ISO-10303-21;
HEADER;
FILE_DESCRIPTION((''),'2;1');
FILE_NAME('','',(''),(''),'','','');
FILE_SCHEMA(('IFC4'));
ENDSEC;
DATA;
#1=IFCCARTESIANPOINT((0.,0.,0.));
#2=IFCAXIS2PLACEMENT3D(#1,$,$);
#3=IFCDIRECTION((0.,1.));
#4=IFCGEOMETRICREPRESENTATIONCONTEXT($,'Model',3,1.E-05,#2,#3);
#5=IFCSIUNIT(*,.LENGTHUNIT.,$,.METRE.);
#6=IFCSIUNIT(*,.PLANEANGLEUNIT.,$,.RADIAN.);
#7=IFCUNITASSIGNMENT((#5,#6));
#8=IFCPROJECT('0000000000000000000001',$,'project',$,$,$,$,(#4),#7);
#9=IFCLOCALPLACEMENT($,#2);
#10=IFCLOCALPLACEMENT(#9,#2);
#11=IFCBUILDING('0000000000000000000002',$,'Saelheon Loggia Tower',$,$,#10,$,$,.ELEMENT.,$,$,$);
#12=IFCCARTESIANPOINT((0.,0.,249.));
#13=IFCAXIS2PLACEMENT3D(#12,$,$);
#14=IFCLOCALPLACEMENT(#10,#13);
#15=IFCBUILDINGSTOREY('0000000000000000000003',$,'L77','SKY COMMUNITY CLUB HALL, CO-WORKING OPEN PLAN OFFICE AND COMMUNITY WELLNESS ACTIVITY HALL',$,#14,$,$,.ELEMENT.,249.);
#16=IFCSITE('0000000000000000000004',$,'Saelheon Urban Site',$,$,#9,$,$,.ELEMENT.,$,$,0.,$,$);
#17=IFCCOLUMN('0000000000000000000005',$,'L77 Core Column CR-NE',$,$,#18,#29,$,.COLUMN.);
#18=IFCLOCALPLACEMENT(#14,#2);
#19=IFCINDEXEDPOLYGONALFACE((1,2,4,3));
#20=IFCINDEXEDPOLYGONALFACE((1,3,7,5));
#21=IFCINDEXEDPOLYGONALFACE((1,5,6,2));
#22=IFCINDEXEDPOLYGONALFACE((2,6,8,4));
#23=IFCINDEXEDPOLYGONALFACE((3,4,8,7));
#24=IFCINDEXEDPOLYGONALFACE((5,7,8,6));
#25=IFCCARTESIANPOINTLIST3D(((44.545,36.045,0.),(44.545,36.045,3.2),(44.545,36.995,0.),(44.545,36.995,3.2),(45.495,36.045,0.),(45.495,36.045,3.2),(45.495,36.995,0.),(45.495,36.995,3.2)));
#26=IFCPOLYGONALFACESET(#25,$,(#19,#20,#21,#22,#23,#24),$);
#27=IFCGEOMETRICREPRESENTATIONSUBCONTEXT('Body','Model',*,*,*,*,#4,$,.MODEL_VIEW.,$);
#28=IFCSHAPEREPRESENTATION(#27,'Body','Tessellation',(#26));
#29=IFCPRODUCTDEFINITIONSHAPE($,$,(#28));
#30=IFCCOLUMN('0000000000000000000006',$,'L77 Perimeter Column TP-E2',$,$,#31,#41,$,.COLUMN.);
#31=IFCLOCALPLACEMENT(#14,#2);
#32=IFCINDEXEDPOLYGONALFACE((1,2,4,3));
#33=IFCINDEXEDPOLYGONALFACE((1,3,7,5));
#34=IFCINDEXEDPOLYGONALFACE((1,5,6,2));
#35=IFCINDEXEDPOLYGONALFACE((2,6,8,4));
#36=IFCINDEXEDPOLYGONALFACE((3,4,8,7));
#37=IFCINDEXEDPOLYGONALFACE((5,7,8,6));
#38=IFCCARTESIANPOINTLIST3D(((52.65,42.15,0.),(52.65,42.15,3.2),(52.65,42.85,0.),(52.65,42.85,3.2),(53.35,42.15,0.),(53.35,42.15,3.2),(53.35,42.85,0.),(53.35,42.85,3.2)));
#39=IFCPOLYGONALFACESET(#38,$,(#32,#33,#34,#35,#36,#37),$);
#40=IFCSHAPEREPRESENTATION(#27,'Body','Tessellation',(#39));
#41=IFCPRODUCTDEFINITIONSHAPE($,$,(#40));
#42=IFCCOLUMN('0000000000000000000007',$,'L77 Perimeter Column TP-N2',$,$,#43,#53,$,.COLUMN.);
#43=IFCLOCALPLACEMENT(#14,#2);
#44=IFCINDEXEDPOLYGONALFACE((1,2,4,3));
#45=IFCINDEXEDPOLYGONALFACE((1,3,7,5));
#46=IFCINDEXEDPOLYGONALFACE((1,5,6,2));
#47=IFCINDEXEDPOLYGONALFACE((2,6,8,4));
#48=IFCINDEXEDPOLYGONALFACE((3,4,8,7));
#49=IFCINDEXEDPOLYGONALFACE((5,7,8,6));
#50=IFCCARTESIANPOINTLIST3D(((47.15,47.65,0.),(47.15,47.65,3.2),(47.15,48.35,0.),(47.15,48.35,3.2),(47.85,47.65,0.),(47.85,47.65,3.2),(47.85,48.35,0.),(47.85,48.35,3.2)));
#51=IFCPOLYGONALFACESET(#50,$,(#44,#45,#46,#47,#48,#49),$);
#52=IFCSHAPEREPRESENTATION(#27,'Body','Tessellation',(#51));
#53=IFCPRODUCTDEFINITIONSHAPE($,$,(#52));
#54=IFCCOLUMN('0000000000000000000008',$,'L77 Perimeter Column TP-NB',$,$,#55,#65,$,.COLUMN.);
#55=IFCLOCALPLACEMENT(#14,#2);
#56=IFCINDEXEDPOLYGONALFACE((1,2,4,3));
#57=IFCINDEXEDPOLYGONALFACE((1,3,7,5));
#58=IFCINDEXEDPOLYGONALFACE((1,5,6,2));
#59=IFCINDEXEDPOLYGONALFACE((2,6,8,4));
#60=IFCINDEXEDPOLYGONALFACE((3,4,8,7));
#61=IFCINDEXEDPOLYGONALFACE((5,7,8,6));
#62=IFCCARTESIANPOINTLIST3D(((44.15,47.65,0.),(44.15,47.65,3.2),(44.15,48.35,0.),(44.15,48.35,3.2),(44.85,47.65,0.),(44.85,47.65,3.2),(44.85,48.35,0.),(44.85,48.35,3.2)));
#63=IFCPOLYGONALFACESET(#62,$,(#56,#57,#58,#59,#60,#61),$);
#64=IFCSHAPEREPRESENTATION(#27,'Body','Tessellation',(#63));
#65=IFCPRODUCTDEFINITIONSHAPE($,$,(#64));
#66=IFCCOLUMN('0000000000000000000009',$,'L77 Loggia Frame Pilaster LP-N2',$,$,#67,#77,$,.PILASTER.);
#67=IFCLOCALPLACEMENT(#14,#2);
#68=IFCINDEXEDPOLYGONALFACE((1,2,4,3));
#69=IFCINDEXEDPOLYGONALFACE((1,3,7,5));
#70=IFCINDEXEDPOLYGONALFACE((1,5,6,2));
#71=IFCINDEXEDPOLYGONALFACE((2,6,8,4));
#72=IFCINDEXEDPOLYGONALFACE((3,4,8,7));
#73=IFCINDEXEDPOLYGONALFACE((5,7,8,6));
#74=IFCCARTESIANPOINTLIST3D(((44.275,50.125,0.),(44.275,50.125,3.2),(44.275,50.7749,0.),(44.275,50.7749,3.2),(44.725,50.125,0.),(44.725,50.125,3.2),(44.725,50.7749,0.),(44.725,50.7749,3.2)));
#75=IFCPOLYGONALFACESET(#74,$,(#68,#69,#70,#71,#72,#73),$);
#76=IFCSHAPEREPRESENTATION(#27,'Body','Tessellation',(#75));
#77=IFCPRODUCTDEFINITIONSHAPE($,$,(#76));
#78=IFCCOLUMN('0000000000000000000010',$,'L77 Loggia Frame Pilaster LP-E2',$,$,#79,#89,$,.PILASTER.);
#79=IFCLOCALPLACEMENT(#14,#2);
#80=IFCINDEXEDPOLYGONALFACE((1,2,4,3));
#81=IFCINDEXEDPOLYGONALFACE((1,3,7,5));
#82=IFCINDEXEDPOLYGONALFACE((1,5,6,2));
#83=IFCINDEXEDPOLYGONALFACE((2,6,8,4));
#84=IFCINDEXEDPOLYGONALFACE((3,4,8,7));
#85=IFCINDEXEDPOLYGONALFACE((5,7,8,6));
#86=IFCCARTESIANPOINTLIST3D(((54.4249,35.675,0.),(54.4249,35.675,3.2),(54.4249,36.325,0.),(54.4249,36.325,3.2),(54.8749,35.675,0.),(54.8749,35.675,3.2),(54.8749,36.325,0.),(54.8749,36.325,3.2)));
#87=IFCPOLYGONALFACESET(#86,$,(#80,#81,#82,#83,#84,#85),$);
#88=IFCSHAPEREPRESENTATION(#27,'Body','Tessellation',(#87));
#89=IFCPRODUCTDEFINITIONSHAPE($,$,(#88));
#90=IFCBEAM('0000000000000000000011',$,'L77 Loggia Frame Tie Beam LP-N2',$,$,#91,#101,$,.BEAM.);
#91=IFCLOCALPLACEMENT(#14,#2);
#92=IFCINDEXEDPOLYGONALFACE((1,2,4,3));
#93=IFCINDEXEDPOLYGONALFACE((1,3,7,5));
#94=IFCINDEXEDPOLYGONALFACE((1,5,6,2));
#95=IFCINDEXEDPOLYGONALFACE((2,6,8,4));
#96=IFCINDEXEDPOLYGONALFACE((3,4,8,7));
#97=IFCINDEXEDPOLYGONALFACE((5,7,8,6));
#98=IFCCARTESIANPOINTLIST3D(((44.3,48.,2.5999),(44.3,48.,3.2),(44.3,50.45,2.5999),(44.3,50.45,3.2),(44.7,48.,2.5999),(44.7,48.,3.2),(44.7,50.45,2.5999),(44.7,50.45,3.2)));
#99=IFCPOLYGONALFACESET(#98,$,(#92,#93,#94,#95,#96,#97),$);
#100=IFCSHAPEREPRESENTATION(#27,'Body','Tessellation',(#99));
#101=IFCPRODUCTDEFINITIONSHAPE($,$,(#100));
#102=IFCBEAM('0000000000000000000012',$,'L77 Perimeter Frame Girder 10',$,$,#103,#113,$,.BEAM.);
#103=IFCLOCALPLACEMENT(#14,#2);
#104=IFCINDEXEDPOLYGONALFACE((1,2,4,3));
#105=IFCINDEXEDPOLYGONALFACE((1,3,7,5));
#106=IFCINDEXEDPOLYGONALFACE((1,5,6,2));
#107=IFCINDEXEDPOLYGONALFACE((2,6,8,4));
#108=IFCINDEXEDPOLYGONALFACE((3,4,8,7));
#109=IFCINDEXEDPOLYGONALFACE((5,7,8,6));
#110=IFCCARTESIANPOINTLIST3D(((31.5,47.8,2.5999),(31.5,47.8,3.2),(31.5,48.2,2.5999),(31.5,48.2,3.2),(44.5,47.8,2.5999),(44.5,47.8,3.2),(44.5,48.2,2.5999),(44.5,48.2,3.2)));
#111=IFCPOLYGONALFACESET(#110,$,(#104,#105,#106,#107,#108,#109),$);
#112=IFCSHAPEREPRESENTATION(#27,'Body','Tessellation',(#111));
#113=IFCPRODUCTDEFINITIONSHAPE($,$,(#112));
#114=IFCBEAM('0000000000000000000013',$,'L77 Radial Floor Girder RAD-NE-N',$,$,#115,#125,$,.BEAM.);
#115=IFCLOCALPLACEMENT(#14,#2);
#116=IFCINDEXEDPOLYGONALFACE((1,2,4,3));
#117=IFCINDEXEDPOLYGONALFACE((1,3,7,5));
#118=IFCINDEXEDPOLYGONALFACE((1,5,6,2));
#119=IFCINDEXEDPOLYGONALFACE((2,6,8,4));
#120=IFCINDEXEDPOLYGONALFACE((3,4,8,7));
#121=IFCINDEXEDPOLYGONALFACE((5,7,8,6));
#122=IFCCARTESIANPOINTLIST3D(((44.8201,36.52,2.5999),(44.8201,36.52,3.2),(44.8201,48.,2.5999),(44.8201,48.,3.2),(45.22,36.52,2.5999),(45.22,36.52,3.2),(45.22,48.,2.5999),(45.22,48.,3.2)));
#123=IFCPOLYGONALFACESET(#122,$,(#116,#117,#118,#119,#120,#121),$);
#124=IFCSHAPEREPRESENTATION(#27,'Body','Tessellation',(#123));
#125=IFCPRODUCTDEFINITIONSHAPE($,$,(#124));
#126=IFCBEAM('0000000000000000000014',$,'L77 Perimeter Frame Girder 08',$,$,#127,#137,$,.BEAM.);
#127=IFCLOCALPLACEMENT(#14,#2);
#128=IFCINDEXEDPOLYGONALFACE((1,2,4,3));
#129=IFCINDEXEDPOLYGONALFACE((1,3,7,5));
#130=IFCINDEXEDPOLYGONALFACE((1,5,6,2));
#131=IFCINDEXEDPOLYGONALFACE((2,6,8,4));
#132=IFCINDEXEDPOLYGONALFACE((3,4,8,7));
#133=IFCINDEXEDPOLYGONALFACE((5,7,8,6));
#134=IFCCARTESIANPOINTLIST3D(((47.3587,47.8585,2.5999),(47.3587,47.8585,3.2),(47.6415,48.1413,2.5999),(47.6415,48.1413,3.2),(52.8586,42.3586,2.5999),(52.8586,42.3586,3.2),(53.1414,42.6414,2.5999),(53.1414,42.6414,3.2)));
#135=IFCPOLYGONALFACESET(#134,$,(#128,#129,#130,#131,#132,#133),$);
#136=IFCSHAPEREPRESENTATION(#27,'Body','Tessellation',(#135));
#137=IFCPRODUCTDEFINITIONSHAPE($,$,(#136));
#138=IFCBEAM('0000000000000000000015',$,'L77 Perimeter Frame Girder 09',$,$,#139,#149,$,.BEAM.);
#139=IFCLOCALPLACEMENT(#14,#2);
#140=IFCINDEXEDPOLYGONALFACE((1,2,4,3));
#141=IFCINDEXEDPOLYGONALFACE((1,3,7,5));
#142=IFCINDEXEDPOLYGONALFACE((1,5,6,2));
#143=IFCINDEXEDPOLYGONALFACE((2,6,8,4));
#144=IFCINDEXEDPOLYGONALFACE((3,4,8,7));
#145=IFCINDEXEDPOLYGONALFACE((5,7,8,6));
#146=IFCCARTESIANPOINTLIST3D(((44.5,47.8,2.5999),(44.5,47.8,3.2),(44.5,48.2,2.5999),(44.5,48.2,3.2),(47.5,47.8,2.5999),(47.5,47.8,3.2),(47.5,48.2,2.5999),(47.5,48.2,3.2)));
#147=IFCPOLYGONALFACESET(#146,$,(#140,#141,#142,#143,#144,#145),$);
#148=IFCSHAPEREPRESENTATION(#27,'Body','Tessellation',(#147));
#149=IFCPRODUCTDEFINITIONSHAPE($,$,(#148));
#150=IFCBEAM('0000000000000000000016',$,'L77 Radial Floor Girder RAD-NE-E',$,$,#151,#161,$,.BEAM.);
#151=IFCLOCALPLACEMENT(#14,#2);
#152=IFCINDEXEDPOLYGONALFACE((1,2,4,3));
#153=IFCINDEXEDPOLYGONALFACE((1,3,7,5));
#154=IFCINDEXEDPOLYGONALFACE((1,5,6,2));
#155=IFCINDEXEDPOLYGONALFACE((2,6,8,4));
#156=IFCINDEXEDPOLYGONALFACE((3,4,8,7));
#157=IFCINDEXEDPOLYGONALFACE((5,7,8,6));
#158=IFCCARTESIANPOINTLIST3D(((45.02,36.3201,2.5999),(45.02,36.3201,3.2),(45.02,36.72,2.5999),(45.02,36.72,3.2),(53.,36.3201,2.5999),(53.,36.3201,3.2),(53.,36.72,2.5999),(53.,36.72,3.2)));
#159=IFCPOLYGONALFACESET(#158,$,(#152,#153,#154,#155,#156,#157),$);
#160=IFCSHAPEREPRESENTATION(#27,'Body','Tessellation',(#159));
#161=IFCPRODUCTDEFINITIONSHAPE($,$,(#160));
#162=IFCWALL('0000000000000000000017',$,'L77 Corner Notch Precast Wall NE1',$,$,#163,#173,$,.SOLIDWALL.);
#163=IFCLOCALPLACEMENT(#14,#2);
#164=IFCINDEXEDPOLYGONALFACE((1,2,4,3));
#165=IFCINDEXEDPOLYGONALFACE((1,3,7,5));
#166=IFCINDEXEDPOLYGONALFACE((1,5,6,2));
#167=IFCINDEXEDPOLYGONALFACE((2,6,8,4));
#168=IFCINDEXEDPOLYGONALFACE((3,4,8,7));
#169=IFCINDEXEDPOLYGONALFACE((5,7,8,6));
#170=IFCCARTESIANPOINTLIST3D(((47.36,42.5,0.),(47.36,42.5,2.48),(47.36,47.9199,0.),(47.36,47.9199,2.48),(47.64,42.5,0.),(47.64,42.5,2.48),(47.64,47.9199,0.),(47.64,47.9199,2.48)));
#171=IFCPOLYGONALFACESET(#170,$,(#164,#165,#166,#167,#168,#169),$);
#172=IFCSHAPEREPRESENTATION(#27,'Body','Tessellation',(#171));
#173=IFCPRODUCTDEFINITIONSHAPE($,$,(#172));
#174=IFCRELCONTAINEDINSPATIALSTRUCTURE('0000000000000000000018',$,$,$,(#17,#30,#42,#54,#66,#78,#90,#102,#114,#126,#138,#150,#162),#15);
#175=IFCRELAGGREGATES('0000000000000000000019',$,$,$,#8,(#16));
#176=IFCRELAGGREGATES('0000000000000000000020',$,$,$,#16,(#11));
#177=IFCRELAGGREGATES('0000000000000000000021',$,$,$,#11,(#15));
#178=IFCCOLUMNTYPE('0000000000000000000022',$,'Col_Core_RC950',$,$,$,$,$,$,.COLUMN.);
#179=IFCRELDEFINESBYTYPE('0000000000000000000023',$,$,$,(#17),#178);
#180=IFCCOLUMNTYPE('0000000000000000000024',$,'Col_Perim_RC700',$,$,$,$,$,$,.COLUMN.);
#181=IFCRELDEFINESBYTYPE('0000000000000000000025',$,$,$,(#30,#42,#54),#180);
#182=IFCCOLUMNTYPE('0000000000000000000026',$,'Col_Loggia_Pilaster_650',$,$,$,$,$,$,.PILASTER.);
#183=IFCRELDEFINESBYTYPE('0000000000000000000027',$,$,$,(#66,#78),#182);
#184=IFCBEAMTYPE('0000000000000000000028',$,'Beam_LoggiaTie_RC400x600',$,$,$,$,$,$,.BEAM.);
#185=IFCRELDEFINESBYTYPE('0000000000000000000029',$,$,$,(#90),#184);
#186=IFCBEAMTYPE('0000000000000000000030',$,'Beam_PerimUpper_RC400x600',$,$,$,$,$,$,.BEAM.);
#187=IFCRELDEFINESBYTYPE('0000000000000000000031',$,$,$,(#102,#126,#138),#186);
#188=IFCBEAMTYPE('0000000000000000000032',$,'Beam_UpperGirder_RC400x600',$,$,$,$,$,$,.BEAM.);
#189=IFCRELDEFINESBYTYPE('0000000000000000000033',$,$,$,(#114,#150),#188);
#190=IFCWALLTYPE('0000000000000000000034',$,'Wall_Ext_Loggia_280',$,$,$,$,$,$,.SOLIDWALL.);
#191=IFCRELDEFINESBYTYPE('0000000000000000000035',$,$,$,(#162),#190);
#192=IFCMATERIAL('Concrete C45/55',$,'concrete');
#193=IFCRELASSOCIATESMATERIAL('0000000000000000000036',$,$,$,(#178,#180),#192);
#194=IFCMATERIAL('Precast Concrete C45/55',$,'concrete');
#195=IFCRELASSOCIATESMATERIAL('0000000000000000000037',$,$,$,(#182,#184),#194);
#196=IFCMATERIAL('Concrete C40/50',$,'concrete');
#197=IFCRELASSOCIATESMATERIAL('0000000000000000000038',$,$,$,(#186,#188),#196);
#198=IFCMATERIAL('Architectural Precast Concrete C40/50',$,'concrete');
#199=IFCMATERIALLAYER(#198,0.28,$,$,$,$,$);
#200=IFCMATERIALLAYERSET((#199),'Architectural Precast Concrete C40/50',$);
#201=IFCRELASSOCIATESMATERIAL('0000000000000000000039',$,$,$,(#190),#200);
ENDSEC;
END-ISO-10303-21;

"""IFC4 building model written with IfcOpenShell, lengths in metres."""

from ifc_helpers import new_model, si_unit, direction, frame, frame_2d, origin, origin_2d, place, context, subcontext, project, spatial, rectangle, extrude, source, transform, mapped, material, layer, layer_set, material_profile, profile_set, type_object, element, save


model = new_model("IFC4")

# Units and contexts
model_context = context("Model", 3, precision=1e-05, world=origin(), true_north=direction((0.0, 1.0)))
body_context = subcontext(model_context, "Body", "Model", "MODEL_VIEW")
ifc_project = project(units=[si_unit("LENGTHUNIT", "METRE"), si_unit("PLANEANGLEUNIT", "RADIAN")], contexts=[model_context])

# Site, building, storey
site_placement = place(None, origin())
site = spatial("IfcSite", under=ifc_project, at=site_placement, Name="Saelheon Urban Site", CompositionType="ELEMENT", RefElevation=0.0)
building_placement = place(site_placement, origin())
building = spatial("IfcBuilding", under=site, at=building_placement, Name="Saelheon Loggia Tower", CompositionType="ELEMENT")
storey_placement = place(building_placement, frame((0.0, 0.0, 249.0)))
storey = spatial("IfcBuildingStorey", under=building, at=storey_placement, Name="L77", Description="SKY COMMUNITY CLUB HALL, CO-WORKING OPEN PLAN OFFICE AND COMMUNITY WELLNESS ACTIVITY HALL", CompositionType="ELEMENT", Elevation=249.0)

# Columns
ifc_material_1 = material(Name="Concrete C45/55", Category="concrete")
ifc_material_profile_1 = material_profile(ifc_material_1, rectangle(XDim=0.95, YDim=0.95, at=origin_2d()), Name="RC-950x950")
ifc_profile_set_1 = profile_set([ifc_material_profile_1], Name="Concrete C45/55")
column_type_1 = type_object("IfcColumnType", Name="Col_Core_RC950", PredefinedType="COLUMN", material=ifc_profile_set_1)
shared_shape_1 = source(origin(), body_context, "Body", "SweptSolid", [
    extrude(rectangle(XDim=0.95, YDim=0.95, at=origin_2d()), origin(), (0.0, 0.0, 1.0), 3.2),
])
column_placement = place(storey_placement, frame((45.02, 36.52, 0.0), z_axis=(0.0, 0.0, 1.0), x_axis=(1.0, 0.0, 0.0)))
element("IfcColumn", 1, at=column_placement, inside=storey, type_object=column_type_1, Name="L77 Core Column CR-NE", PredefinedType="COLUMN", context=body_context, shape_type="MappedRepresentation", body=[
    mapped(shared_shape_1, transform((0.0, 0.0, 0.0), scale=1.0)),
])
ifc_material_profile_2 = material_profile(ifc_material_1, rectangle(XDim=0.7, YDim=0.7, at=origin_2d()), Name="RC-700x700")
ifc_profile_set_2 = profile_set([ifc_material_profile_2], Name="Concrete C45/55")
column_type_2 = type_object("IfcColumnType", Name="Col_Perim_RC700", PredefinedType="COLUMN", material=ifc_profile_set_2)
shared_shape_2 = source(origin(), body_context, "Body", "SweptSolid", [
    extrude(rectangle(XDim=0.7, YDim=0.7, at=origin_2d()), origin(), (0.0, 0.0, 1.0), 3.2),
])
for number, where, z_axis, x_axis, name in (
    (2, (53.0, 42.5, 0.0), (0.0, 0.0, 1.0), (1.0, 0.0, 0.0), "L77 Perimeter Column TP-E2"),
    (3, (47.5, 48.0, 0.0), (0.0, 0.0, 1.0), (1.0, 0.0, 0.0), "L77 Perimeter Column TP-N2"),
    (4, (44.5, 48.0, 0.0), (0.0, 0.0, 1.0), (1.0, 0.0, 0.0), "L77 Perimeter Column TP-NB"),
):
    element("IfcColumn", number, at=place(storey_placement, frame(where, z_axis=z_axis, x_axis=x_axis)), inside=storey, type_object=column_type_2, Name=name, PredefinedType="COLUMN", context=body_context, shape_type="MappedRepresentation", body=[
        mapped(shared_shape_2, transform((0.0, 0.0, 0.0), scale=1.0)),
    ])
ifc_material_2 = material(Name="Precast Concrete C45/55", Category="concrete")
ifc_material_profile_3 = material_profile(ifc_material_2, rectangle(XDim=0.45, YDim=0.6499, at=origin_2d()), Name="RC-450x650")
ifc_profile_set_3 = profile_set([ifc_material_profile_3], Name="Precast Concrete C45/55")
column_type_3 = type_object("IfcColumnType", Name="Col_Loggia_Pilaster_650", PredefinedType="PILASTER", material=ifc_profile_set_3)
shared_shape_3 = source(origin(), body_context, "Body", "SweptSolid", [
    extrude(rectangle(XDim=0.45, YDim=0.6499, at=origin_2d()), origin(), (0.0, 0.0, 1.0), 3.2),
])
for number, where, z_axis, x_axis, name in (
    (5, (44.5, 50.45, 0.0), (0.0, 0.0, 1.0), (1.0, 0.0, 0.0), "L77 Loggia Frame Pilaster LP-N2"),
    (6, (54.6499, 36.0, 0.0), (0.0, 0.0, 1.0), (1.0, 0.0, 0.0), "L77 Loggia Frame Pilaster LP-E2"),
):
    element("IfcColumn", number, at=place(storey_placement, frame(where, z_axis=z_axis, x_axis=x_axis)), inside=storey, type_object=column_type_3, Name=name, PredefinedType="PILASTER", context=body_context, shape_type="MappedRepresentation", body=[
        mapped(shared_shape_3, transform((0.0, 0.0, 0.0), scale=1.0)),
    ])

# Beams
ifc_material_profile_4 = material_profile(ifc_material_2, rectangle(XDim=0.3999, YDim=0.6001, at=origin_2d()), Name="RC-400x600")
ifc_profile_set_4 = profile_set([ifc_material_profile_4], Name="Precast Concrete C45/55")
beam_type_1 = type_object("IfcBeamType", Name="Beam_LoggiaTie_RC400x600", PredefinedType="BEAM", material=ifc_profile_set_4)
shared_shape_4 = source(origin(), body_context, "Body", "SweptSolid", [
    extrude(rectangle(XDim=0.3999, YDim=0.6001, at=origin_2d()), origin(), (0.0, 0.0, 1.0), 2.45),
])
beam_1_placement = place(storey_placement, frame((44.5, 48.0, 2.8999), z_axis=(0.0, 1.0, 0.0), x_axis=(-1.0, 0.0, 0.0)))
element("IfcBeam", 7, at=beam_1_placement, inside=storey, type_object=beam_type_1, Name="L77 Loggia Frame Tie Beam LP-N2", PredefinedType="BEAM", context=body_context, shape_type="MappedRepresentation", body=[
    mapped(shared_shape_4, transform((0.0, 0.0, 0.0), scale=1.0)),
])
ifc_material_3 = material(Name="Concrete C40/50", Category="concrete")
ifc_material_profile_5 = material_profile(ifc_material_3, rectangle(XDim=0.3999, YDim=0.6001, at=origin_2d()), Name="RC-400x600")
ifc_profile_set_5 = profile_set([ifc_material_profile_5], Name="Concrete C40/50")
beam_type_2 = type_object("IfcBeamType", Name="Beam_PerimUpper_RC400x600", PredefinedType="BEAM", material=ifc_profile_set_5)
shared_shape_5 = source(origin(), body_context, "Body", "SweptSolid", [
    extrude(rectangle(XDim=0.3999, YDim=0.6001, at=origin_2d()), origin(), (0.0, 0.0, 1.0), 13.0),
])
beam_2_placement = place(storey_placement, frame((44.5, 48.0, 2.8999), z_axis=(-1.0, 0.0, 0.0), x_axis=(0.0, -1.0, 0.0)))
element("IfcBeam", 8, at=beam_2_placement, inside=storey, type_object=beam_type_2, Name="L77 Perimeter Frame Girder 10", PredefinedType="BEAM", context=body_context, shape_type="MappedRepresentation", body=[
    mapped(shared_shape_5, transform((0.0, 0.0, 0.0), scale=1.0)),
])
ifc_material_profile_6 = material_profile(ifc_material_3, rectangle(XDim=0.3999, YDim=0.6001, at=origin_2d()), Name="RC-400x600")
ifc_profile_set_6 = profile_set([ifc_material_profile_6], Name="Concrete C40/50")
beam_type_3 = type_object("IfcBeamType", Name="Beam_UpperGirder_RC400x600", PredefinedType="BEAM", material=ifc_profile_set_6)
shared_shape_6 = source(origin(), body_context, "Body", "SweptSolid", [
    extrude(rectangle(XDim=0.3999, YDim=0.6001, at=origin_2d()), origin(), (0.0, 0.0, 1.0), 11.48),
])
beam_3_placement = place(storey_placement, frame((45.02, 36.52, 2.8999), z_axis=(0.0, 1.0, 0.0), x_axis=(-1.0, 0.0, 0.0)))
element("IfcBeam", 9, at=beam_3_placement, inside=storey, type_object=beam_type_3, Name="L77 Radial Floor Girder RAD-NE-N", PredefinedType="BEAM", context=body_context, shape_type="MappedRepresentation", body=[
    mapped(shared_shape_6, transform((0.0, 0.0, 0.0), scale=1.0)),
])
shared_shape_7 = source(origin(), body_context, "Body", "SweptSolid", [
    extrude(rectangle(XDim=0.3999, YDim=0.6001, at=origin_2d()), origin(), (0.0, 0.0, 1.0), 7.7781),
])
beam_4_placement = place(storey_placement, frame((53.0, 42.5, 2.8999), z_axis=(-0.707107, 0.707107, 0.0), x_axis=(-0.707107, -0.707107, 0.0)))
element("IfcBeam", 10, at=beam_4_placement, inside=storey, type_object=beam_type_2, Name="L77 Perimeter Frame Girder 08", PredefinedType="BEAM", context=body_context, shape_type="MappedRepresentation", body=[
    mapped(shared_shape_7, transform((0.0, 0.0, 0.0), scale=1.0)),
])
shared_shape_8 = source(origin(), body_context, "Body", "SweptSolid", [
    extrude(rectangle(XDim=0.3999, YDim=0.6001, at=origin_2d()), origin(), (0.0, 0.0, 1.0), 3.0),
])
beam_5_placement = place(storey_placement, frame((47.5, 48.0, 2.8999), z_axis=(-1.0, 0.0, 0.0), x_axis=(0.0, -1.0, 0.0)))
element("IfcBeam", 11, at=beam_5_placement, inside=storey, type_object=beam_type_2, Name="L77 Perimeter Frame Girder 09", PredefinedType="BEAM", context=body_context, shape_type="MappedRepresentation", body=[
    mapped(shared_shape_8, transform((0.0, 0.0, 0.0), scale=1.0)),
])
shared_shape_9 = source(origin(), body_context, "Body", "SweptSolid", [
    extrude(rectangle(XDim=0.3999, YDim=0.6001, at=origin_2d()), origin(), (0.0, 0.0, 1.0), 7.98),
])
beam_6_placement = place(storey_placement, frame((45.02, 36.52, 2.8999), z_axis=(1.0, 0.0, 0.0), x_axis=(0.0, 1.0, 0.0)))
element("IfcBeam", 12, at=beam_6_placement, inside=storey, type_object=beam_type_3, Name="L77 Radial Floor Girder RAD-NE-E", PredefinedType="BEAM", context=body_context, shape_type="MappedRepresentation", body=[
    mapped(shared_shape_9, transform((0.0, 0.0, 0.0), scale=1.0)),
])

# Wall
ifc_material_4 = material(Name="Architectural Precast Concrete C40/50", Category="concrete")
ifc_layer_1 = layer(ifc_material_4, 0.28)
ifc_layer_set_1 = layer_set([ifc_layer_1], Name="Architectural Precast Concrete C40/50")
wall_type_1 = type_object("IfcWallType", Name="Wall_Ext_Loggia_280", PredefinedType="SOLIDWALL", material=ifc_layer_set_1)
for number, where, z_axis, x_axis, name in (
    (13, (47.5, 42.5, 0.0), (0.0, 0.0, 1.0), (0.0, 1.0, 0.0), "L77 Corner Notch Precast Wall NE1"),
):
    element("IfcWall", number, at=place(storey_placement, frame(where, z_axis=z_axis, x_axis=x_axis)), inside=storey, type_object=wall_type_1, Name=name, PredefinedType="SOLIDWALL", context=body_context, shape_type="SweptSolid", body=[
        extrude(rectangle(XDim=5.4199, YDim=0.28, at=frame_2d((2.71, 0.0))), origin(), (0.0, 0.0, 1.0), 2.48),
    ])

save(model, "model.ifc")
